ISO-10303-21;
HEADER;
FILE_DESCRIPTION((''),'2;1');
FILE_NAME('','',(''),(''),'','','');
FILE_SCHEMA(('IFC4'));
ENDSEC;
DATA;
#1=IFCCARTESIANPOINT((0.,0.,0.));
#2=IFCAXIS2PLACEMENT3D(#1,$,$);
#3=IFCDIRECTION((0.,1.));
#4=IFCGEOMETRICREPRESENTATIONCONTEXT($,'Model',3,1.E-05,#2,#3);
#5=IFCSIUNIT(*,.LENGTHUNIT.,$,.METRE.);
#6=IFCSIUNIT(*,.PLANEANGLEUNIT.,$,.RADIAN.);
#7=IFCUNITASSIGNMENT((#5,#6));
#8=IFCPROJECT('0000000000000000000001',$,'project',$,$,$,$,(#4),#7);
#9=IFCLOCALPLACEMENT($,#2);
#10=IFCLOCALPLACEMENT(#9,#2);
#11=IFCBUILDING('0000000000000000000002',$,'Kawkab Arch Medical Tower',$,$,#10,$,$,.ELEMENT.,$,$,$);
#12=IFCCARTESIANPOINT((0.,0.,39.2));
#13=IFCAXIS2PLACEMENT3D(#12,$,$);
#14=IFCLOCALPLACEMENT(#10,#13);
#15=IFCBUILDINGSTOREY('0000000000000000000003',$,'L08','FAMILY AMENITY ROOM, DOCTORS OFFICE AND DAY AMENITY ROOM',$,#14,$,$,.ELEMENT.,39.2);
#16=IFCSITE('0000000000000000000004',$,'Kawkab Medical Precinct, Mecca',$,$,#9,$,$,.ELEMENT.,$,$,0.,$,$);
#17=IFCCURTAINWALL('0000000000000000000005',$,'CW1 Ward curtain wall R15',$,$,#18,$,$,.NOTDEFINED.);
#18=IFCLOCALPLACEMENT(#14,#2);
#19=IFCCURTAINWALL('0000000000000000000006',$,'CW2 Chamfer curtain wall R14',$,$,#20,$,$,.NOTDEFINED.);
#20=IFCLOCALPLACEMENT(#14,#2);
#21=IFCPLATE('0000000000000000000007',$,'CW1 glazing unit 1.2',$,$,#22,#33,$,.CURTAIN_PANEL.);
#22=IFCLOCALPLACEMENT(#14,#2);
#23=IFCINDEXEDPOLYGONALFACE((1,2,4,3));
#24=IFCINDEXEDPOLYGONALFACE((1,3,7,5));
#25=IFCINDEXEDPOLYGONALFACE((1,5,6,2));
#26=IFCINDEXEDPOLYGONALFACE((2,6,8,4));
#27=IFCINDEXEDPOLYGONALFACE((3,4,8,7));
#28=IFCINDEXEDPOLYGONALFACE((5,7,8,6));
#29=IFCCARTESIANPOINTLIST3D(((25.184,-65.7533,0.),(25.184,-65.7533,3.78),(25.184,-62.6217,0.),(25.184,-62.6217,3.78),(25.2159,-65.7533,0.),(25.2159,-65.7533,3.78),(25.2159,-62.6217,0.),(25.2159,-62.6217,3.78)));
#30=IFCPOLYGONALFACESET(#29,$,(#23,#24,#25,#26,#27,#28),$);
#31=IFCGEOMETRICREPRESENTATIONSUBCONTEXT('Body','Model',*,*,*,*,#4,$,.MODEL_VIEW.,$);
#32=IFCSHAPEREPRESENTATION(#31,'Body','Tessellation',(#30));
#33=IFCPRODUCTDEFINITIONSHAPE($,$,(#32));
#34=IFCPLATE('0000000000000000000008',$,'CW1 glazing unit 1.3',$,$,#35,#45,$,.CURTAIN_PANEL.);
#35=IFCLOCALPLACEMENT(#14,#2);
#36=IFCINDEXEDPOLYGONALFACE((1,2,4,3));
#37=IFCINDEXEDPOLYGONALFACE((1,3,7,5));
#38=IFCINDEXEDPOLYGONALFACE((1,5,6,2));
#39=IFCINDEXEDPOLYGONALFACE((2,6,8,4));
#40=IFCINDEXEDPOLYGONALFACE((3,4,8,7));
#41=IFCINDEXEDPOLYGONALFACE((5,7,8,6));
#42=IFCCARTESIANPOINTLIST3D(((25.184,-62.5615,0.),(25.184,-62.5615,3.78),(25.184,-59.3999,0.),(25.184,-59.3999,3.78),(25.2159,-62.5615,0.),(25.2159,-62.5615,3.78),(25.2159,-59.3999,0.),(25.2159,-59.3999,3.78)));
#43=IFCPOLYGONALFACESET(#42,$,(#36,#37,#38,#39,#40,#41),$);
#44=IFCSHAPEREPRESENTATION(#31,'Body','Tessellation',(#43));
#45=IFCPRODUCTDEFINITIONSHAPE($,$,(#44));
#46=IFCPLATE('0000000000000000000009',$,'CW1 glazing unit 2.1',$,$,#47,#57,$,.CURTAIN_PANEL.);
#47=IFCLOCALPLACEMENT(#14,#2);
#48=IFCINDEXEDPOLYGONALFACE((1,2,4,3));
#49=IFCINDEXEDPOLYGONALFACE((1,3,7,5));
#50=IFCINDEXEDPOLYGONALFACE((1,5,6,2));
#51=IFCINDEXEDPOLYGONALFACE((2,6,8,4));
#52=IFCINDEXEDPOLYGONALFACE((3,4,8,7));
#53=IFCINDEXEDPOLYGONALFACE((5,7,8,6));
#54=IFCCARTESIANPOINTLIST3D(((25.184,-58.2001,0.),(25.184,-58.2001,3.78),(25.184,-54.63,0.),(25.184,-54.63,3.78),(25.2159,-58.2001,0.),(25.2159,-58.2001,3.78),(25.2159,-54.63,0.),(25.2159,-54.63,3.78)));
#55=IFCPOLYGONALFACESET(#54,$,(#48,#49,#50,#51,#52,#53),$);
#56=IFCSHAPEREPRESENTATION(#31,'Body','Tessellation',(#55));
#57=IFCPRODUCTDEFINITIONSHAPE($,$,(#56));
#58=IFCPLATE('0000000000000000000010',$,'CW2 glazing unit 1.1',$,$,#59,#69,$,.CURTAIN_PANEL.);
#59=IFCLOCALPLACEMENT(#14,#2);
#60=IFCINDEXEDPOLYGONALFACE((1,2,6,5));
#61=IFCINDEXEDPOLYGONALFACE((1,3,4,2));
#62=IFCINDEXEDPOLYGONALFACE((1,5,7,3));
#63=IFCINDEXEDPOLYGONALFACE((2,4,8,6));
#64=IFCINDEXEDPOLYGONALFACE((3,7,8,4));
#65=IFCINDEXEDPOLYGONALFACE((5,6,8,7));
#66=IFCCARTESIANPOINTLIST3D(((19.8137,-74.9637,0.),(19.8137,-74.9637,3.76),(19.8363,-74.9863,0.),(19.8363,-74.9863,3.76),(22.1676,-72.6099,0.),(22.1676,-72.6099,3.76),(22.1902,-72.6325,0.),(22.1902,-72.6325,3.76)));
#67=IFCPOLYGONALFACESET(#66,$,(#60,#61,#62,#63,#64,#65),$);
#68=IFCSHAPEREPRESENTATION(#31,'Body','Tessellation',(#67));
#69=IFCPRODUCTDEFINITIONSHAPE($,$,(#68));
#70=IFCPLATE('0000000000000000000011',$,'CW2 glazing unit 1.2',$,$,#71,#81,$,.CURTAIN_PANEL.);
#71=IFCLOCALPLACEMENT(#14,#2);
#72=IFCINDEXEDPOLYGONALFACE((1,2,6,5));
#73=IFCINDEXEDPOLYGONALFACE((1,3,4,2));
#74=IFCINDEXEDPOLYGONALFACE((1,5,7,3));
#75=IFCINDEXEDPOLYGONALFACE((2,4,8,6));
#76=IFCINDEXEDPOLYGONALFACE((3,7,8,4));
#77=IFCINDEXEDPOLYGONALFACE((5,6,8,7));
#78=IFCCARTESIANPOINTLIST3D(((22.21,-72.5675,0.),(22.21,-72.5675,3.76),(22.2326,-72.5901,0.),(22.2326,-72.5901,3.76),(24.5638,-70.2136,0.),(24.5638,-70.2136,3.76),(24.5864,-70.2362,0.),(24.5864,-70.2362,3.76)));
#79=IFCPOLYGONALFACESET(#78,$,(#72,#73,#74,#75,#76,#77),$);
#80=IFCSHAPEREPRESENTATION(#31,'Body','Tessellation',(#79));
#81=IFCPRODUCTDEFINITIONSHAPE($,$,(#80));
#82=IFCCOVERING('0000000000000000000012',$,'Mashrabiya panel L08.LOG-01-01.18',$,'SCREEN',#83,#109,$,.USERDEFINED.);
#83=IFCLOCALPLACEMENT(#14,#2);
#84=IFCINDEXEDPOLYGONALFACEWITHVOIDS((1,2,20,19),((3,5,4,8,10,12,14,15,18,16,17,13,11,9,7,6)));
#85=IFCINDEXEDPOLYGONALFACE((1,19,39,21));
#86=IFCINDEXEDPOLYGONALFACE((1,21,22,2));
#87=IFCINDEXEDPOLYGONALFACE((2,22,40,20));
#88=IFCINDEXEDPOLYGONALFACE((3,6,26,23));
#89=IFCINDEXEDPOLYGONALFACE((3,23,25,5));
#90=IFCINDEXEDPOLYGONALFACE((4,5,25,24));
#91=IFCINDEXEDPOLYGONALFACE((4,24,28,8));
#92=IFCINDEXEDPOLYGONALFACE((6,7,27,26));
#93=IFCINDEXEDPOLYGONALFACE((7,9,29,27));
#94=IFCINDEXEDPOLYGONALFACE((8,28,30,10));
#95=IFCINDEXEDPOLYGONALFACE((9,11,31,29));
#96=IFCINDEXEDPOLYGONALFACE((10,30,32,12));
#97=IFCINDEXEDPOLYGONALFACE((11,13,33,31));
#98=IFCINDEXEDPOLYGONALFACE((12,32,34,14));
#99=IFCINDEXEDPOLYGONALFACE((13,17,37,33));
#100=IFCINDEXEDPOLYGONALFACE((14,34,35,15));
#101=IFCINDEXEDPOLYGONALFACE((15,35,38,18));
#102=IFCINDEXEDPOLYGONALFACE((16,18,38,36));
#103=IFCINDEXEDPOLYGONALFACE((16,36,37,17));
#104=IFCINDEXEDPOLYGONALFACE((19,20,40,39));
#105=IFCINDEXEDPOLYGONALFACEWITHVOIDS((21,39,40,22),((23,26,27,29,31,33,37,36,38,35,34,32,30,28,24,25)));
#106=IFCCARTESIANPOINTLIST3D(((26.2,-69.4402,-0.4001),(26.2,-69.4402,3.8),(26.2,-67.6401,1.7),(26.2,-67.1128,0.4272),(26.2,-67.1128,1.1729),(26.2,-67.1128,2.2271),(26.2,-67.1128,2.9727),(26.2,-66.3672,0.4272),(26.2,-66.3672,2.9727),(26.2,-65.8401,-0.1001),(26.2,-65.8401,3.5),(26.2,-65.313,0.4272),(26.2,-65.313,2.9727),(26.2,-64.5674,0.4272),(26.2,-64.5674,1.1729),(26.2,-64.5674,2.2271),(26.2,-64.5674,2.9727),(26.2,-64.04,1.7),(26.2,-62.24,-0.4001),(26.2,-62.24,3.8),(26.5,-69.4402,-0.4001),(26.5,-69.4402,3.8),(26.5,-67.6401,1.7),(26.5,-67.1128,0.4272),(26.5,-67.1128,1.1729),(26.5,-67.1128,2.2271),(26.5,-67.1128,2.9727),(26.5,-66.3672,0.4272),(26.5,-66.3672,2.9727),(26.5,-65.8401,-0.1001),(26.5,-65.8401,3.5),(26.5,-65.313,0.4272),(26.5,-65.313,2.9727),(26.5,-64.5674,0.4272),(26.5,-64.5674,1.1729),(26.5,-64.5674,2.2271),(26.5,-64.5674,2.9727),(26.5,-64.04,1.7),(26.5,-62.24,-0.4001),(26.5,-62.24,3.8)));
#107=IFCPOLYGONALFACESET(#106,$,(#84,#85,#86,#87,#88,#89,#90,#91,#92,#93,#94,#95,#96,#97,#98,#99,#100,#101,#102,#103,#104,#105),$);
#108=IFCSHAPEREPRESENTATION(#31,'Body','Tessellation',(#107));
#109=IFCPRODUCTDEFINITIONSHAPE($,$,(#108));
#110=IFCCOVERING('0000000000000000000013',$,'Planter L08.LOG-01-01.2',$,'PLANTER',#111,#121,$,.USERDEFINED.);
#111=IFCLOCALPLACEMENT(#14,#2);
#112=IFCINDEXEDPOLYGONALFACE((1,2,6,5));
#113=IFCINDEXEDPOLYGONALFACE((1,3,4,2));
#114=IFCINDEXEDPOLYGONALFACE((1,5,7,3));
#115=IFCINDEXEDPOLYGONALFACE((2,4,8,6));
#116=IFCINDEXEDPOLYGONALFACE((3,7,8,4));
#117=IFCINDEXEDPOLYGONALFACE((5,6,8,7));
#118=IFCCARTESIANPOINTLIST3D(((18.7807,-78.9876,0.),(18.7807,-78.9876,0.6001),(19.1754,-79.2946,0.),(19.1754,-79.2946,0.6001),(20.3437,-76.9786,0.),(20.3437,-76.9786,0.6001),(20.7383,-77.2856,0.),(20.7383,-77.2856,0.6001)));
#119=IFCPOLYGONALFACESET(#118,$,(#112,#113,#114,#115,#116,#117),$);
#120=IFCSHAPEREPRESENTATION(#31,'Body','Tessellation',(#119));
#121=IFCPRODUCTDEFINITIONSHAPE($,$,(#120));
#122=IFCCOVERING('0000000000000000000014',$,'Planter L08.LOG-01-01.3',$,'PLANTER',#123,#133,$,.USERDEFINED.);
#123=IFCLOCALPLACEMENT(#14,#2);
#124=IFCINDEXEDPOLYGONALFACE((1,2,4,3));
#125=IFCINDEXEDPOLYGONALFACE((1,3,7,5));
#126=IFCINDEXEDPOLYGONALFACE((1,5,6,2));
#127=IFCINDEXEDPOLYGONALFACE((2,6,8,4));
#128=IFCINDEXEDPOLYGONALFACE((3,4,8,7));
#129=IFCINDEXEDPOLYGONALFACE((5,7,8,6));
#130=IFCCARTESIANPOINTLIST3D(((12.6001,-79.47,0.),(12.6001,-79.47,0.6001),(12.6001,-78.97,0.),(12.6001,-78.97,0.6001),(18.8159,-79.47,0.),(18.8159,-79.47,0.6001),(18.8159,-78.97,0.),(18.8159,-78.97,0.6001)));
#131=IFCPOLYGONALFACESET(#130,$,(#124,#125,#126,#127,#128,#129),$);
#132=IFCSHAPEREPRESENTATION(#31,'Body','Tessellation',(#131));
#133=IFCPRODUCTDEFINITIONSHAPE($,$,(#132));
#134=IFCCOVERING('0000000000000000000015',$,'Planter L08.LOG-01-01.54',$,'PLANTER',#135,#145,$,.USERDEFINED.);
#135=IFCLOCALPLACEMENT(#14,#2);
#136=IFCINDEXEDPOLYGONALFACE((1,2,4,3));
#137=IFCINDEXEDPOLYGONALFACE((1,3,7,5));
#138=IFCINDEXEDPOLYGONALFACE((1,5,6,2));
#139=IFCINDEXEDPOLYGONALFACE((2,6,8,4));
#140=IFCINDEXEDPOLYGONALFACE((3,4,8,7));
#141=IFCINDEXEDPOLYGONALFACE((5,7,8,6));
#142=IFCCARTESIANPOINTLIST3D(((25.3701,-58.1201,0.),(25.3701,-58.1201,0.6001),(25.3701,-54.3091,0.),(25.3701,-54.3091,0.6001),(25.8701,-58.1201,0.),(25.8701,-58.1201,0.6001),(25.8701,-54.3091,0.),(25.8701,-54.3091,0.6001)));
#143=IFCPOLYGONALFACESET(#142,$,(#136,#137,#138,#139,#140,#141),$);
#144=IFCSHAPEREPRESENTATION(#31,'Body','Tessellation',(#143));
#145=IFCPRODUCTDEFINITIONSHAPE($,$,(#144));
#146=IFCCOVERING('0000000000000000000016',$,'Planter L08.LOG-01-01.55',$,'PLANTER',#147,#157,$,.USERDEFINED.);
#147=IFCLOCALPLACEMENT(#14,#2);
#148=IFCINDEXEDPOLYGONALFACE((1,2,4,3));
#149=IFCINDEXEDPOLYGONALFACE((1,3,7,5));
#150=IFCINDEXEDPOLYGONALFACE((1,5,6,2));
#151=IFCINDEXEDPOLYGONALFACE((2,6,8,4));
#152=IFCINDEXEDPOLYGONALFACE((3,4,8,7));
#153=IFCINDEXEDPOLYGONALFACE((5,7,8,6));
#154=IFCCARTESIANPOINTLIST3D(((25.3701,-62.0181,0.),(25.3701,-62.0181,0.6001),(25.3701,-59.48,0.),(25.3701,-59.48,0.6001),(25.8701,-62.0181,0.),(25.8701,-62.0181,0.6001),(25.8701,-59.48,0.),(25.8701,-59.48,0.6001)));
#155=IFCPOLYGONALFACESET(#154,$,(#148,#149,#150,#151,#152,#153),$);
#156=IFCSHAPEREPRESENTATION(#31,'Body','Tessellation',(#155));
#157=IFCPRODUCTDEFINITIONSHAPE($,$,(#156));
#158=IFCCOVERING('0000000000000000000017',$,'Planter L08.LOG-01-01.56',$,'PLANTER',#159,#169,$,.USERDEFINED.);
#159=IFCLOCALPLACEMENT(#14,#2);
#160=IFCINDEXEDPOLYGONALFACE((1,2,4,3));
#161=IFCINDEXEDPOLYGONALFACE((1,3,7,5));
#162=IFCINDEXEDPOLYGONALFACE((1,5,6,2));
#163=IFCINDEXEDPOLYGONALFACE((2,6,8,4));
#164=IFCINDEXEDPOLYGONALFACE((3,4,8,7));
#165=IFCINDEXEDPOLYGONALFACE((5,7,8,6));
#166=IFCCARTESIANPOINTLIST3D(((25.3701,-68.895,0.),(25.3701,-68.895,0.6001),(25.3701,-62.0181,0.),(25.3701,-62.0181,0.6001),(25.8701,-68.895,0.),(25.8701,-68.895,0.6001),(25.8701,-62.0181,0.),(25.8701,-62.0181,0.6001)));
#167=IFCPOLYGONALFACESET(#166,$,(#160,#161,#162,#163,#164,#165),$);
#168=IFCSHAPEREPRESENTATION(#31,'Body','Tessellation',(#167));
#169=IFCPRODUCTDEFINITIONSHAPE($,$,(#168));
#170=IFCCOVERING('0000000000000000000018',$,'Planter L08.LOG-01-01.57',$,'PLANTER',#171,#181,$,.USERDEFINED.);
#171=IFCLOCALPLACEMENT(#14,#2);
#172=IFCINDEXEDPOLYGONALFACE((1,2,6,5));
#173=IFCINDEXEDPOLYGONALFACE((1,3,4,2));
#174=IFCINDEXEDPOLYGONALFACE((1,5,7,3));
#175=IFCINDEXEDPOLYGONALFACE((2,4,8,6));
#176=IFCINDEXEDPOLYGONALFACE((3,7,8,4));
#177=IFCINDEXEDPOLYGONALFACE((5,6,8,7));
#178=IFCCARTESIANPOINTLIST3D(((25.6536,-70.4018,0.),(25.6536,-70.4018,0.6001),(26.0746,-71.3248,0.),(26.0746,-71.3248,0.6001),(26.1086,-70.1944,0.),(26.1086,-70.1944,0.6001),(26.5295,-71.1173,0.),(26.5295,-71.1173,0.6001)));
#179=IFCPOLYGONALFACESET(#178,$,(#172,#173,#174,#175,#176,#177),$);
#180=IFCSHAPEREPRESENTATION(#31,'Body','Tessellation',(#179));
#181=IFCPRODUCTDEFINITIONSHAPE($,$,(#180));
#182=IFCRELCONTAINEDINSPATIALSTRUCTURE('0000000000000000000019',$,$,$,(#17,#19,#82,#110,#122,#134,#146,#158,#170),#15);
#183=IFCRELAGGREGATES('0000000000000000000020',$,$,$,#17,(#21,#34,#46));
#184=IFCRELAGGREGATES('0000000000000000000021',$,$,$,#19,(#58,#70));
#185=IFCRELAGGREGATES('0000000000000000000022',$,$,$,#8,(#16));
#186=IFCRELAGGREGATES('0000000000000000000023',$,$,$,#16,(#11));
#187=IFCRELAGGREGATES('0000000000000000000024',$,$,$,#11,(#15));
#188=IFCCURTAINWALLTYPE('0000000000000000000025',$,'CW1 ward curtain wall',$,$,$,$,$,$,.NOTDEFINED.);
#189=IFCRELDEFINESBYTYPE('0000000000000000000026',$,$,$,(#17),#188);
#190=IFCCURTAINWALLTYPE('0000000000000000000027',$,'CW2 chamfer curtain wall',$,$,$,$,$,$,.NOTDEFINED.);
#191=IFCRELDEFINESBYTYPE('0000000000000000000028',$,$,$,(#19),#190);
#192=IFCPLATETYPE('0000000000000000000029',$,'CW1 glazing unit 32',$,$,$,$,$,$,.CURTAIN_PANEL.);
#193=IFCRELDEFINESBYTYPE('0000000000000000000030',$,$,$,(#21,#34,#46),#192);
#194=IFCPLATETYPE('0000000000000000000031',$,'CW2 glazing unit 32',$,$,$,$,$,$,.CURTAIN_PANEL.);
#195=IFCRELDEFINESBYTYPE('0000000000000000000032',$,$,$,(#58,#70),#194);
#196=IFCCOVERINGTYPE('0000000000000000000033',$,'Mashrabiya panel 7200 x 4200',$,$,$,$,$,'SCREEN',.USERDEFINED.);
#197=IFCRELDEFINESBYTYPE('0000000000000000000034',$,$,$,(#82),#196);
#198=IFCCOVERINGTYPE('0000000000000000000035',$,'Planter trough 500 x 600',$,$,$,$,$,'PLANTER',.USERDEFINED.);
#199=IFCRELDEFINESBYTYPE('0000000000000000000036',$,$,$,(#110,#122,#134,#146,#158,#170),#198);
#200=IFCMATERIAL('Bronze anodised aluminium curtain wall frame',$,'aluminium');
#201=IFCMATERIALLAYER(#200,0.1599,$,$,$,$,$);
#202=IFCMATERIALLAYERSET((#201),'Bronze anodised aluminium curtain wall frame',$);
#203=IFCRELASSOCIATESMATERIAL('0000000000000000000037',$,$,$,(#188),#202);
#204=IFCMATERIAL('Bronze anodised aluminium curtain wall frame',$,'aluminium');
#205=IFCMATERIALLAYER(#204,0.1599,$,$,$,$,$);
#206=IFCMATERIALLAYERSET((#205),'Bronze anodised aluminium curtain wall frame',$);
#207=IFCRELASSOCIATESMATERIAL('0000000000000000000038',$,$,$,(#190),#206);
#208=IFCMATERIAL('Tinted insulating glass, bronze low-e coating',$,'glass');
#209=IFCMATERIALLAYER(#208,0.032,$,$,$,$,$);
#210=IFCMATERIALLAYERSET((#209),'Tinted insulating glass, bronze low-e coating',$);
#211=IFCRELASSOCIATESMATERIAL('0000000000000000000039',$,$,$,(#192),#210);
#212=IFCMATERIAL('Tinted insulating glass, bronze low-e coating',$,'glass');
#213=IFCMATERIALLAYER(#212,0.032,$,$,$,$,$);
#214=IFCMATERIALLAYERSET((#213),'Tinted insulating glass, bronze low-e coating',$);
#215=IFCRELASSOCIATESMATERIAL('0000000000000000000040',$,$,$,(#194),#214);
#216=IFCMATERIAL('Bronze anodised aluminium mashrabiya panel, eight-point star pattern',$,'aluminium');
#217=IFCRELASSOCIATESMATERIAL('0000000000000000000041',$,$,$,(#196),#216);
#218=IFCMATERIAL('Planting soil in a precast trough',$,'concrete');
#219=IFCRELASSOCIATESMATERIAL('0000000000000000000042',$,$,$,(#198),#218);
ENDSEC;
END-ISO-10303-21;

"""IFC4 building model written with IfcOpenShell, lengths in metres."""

from ifc_helpers import new_model, si_unit, direction, frame, origin, origin_2d, place, context, subcontext, project, spatial, polyline, rectangle, outline, extrude, material, layer, layer_set, material_profile, profile_set, type_object, element, aggregate, save


model = new_model("IFC4")

# Units and contexts
model_context = context("Model", 3, precision=1e-05, world=origin(), true_north=direction((0.0, 1.0)))
body_context = subcontext(model_context, "Body", "Model", "MODEL_VIEW")
ifc_project = project(units=[si_unit("LENGTHUNIT", "METRE"), si_unit("PLANEANGLEUNIT", "RADIAN")], contexts=[model_context])

# Site, building, storey
site_placement = place(None, origin())
site = spatial("IfcSite", under=ifc_project, at=site_placement, Name="Kawkab Medical Precinct, Mecca", CompositionType="ELEMENT", RefElevation=0.0)
building_placement = place(site_placement, origin())
building = spatial("IfcBuilding", under=site, at=building_placement, Name="Kawkab Arch Medical Tower", CompositionType="ELEMENT")
storey_placement = place(building_placement, frame((0.0, 0.0, 39.2)))
storey = spatial("IfcBuildingStorey", under=building, at=storey_placement, Name="L08", Description="FAMILY AMENITY ROOM, DOCTORS OFFICE AND DAY AMENITY ROOM", CompositionType="ELEMENT", Elevation=39.2)

# Curtain walls
ifc_material_1 = material(Name="Bronze anodised aluminium curtain wall frame", Category="aluminium")
ifc_layer_1 = layer(ifc_material_1, 0.1599)
ifc_layer_set_1 = layer_set([ifc_layer_1], Name="Bronze anodised aluminium curtain wall frame")
curtain_wall_type_1 = type_object("IfcCurtainWallType", Name="CW1 ward curtain wall", PredefinedType="NOTDEFINED", material=ifc_layer_set_1)
placement = place(storey_placement, origin())
curtain_wall_1 = element("IfcCurtainWall", 1, at=placement, inside=storey, type_object=curtain_wall_type_1, Name="CW1 Ward curtain wall R15", PredefinedType="NOTDEFINED")
ifc_material_2 = material(Name="Bronze anodised aluminium curtain wall frame", Category="aluminium")
ifc_layer_2 = layer(ifc_material_2, 0.1599)
ifc_layer_set_2 = layer_set([ifc_layer_2], Name="Bronze anodised aluminium curtain wall frame")
curtain_wall_type_2 = type_object("IfcCurtainWallType", Name="CW2 chamfer curtain wall", PredefinedType="NOTDEFINED", material=ifc_layer_set_2)
curtain_wall_2 = element("IfcCurtainWall", 2, at=placement, inside=storey, type_object=curtain_wall_type_2, Name="CW2 Chamfer curtain wall R14", PredefinedType="NOTDEFINED")

# Plates
ifc_material_3 = material(Name="Tinted insulating glass, bronze low-e coating", Category="glass")
ifc_layer_3 = layer(ifc_material_3, 0.032)
ifc_layer_set_3 = layer_set([ifc_layer_3], Name="Tinted insulating glass, bronze low-e coating")
plate_type_1 = type_object("IfcPlateType", Name="CW1 glazing unit 32", PredefinedType="CURTAIN_PANEL", material=ifc_layer_set_3)
plate_1_placement = place(storey_placement, frame((25.2, -64.1875, 0.0), z_axis=(0.0, 0.0, 1.0), x_axis=(0.0, 1.0, 0.0)))
plate_1 = element("IfcPlate", 3, at=plate_1_placement, type_object=plate_type_1, Name="CW1 glazing unit 1.2", PredefinedType="CURTAIN_PANEL", context=body_context, shape_type="SweptSolid", body=[
    extrude(rectangle(XDim=3.1316, YDim=0.032, at=origin_2d()), origin(), (0.0, 0.0, 1.0), 3.78),
])
plate_2_placement = place(storey_placement, frame((25.2, -60.9807, 0.0), z_axis=(0.0, 0.0, 1.0), x_axis=(0.0, 1.0, 0.0)))
plate_2 = element("IfcPlate", 4, at=plate_2_placement, type_object=plate_type_1, Name="CW1 glazing unit 1.3", PredefinedType="CURTAIN_PANEL", context=body_context, shape_type="SweptSolid", body=[
    extrude(rectangle(XDim=3.1616, YDim=0.032, at=origin_2d()), origin(), (0.0, 0.0, 1.0), 3.78),
])
plate_3_placement = place(storey_placement, frame((25.2, -56.415, 0.0), z_axis=(0.0, 0.0, 1.0), x_axis=(0.0, 1.0, 0.0)))
plate_3 = element("IfcPlate", 5, at=plate_3_placement, type_object=plate_type_1, Name="CW1 glazing unit 2.1", PredefinedType="CURTAIN_PANEL", context=body_context, shape_type="SweptSolid", body=[
    extrude(rectangle(XDim=3.5701, YDim=0.032, at=origin_2d()), origin(), (0.0, 0.0, 1.0), 3.78),
])
aggregate(curtain_wall_1, [plate_1, plate_2, plate_3])
ifc_material_4 = material(Name="Tinted insulating glass, bronze low-e coating", Category="glass")
ifc_layer_4 = layer(ifc_material_4, 0.032)
ifc_layer_set_4 = layer_set([ifc_layer_4], Name="Tinted insulating glass, bronze low-e coating")
plate_type_2 = type_object("IfcPlateType", Name="CW2 glazing unit 32", PredefinedType="CURTAIN_PANEL", material=ifc_layer_set_4)
plate_4_placement = place(storey_placement, frame((21.002, -73.7981, 0.0), z_axis=(0.0, 0.0, 1.0), x_axis=(0.707107, 0.707107, 0.0)))
plate_4 = element("IfcPlate", 6, at=plate_4_placement, type_object=plate_type_2, Name="CW2 glazing unit 1.1", PredefinedType="CURTAIN_PANEL", context=body_context, shape_type="SweptSolid", body=[
    extrude(rectangle(XDim=3.3289, YDim=0.032, at=origin_2d()), origin(), (0.0, 0.0, 1.0), 3.76),
])
plate_5_placement = place(storey_placement, frame((23.3982, -71.4019, 0.0), z_axis=(0.0, 0.0, 1.0), x_axis=(0.707107, 0.707107, 0.0)))
plate_5 = element("IfcPlate", 7, at=plate_5_placement, type_object=plate_type_2, Name="CW2 glazing unit 1.2", PredefinedType="CURTAIN_PANEL", context=body_context, shape_type="SweptSolid", body=[
    extrude(rectangle(XDim=3.3289, YDim=0.032, at=origin_2d()), origin(), (0.0, 0.0, 1.0), 3.76),
])
aggregate(curtain_wall_2, [plate_4, plate_5])

# Coverings
ifc_material_5 = material(Name="Bronze anodised aluminium mashrabiya panel, eight-point star pattern", Category="aluminium")
ifc_material_profile_1 = material_profile(ifc_material_5, outline(polyline([(-3.6001, -2.1001), (3.6001, -2.1001), (3.6001, 2.1001), (-3.6001, 2.1001), (-3.6001, -2.1001)]), holes=[polyline([(1.8, 0.0), (1.2727, 0.5271), (1.2727, 1.2727), (0.5271, 1.2727), (0.0, 1.8), (-0.5271, 1.2727), (-1.2727, 1.2727), (-1.2727, 0.5271), (-1.8, 0.0), (-1.2727, -0.5271), (-1.2727, -1.2727), (-0.5271, -1.2727), (0.0, -1.8), (0.5271, -1.2727), (1.2727, -1.2727), (1.2727, -0.5271), (1.8, 0.0)])]), Name="Mashrabiya panel 7200x4200")
ifc_profile_set_1 = profile_set([ifc_material_profile_1], Name="Bronze anodised aluminium mashrabiya panel, eight-point star pattern")
covering_type_1 = type_object("IfcCoveringType", Name="Mashrabiya panel 7200 x 4200", ElementType="SCREEN", PredefinedType="USERDEFINED", material=ifc_profile_set_1)
covering_1_placement = place(storey_placement, frame((26.2, -65.8401, 1.7), z_axis=(1.0, 0.0, 0.0), x_axis=(0.0, 1.0, 0.0)))
element("IfcCovering", 8, at=covering_1_placement, inside=storey, type_object=covering_type_1, Name="Mashrabiya panel L08.LOG-01-01.18", ObjectType="SCREEN", PredefinedType="USERDEFINED", context=body_context, shape_type="SweptSolid", body=[
    extrude(outline(polyline([(-3.6001, -2.1001), (3.6001, -2.1001), (3.6001, 2.1001), (-3.6001, 2.1001), (-3.6001, -2.1001)]), holes=[polyline([(1.8, 0.0), (1.2727, 0.5271), (1.2727, 1.2727), (0.5271, 1.2727), (0.0, 1.8), (-0.5271, 1.2727), (-1.2727, 1.2727), (-1.2727, 0.5271), (-1.8, 0.0), (-1.2727, -0.5271), (-1.2727, -1.2727), (-0.5271, -1.2727), (0.0, -1.8), (0.5271, -1.2727), (1.2727, -1.2727), (1.2727, -0.5271), (1.8, 0.0)])]), origin(), (0.0, 0.0, 1.0), 0.3),
])
ifc_material_6 = material(Name="Planting soil in a precast trough", Category="concrete")
ifc_material_profile_2 = material_profile(ifc_material_6, rectangle(XDim=0.5, YDim=0.6001, at=origin_2d()), Name="Trough 500x600")
ifc_profile_set_2 = profile_set([ifc_material_profile_2], Name="Planting soil in a precast trough")
covering_type_2 = type_object("IfcCoveringType", Name="Planter trough 500 x 600", ElementType="PLANTER", PredefinedType="USERDEFINED", material=ifc_profile_set_2)
covering_2_placement = place(storey_placement, frame((20.541, -77.1321, 0.3), z_axis=(-0.61404, -0.789275, 0.0), x_axis=(0.789275, -0.61404, 0.0)))
element("IfcCovering", 9, at=covering_2_placement, inside=storey, type_object=covering_type_2, Name="Planter L08.LOG-01-01.2", ObjectType="PLANTER", PredefinedType="USERDEFINED", context=body_context, shape_type="SweptSolid", body=[
    extrude(rectangle(XDim=0.5, YDim=0.6001, at=origin_2d()), origin(), (0.0, 0.0, 1.0), 2.5454),
])
covering_3_placement = place(storey_placement, frame((18.8159, -79.22, 0.3), z_axis=(-1.0, 0.0, 0.0), x_axis=(0.0, -1.0, 0.0)))
element("IfcCovering", 10, at=covering_3_placement, inside=storey, type_object=covering_type_2, Name="Planter L08.LOG-01-01.3", ObjectType="PLANTER", PredefinedType="USERDEFINED", context=body_context, shape_type="SweptSolid", body=[
    extrude(rectangle(XDim=0.5, YDim=0.6001, at=origin_2d()), origin(), (0.0, 0.0, 1.0), 6.2158),
])
covering_4_placement = place(storey_placement, frame((25.6201, -54.3091, 0.3), z_axis=(0.0, -1.0, 0.0), x_axis=(1.0, 0.0, 0.0)))
element("IfcCovering", 11, at=covering_4_placement, inside=storey, type_object=covering_type_2, Name="Planter L08.LOG-01-01.54", ObjectType="PLANTER", PredefinedType="USERDEFINED", context=body_context, shape_type="SweptSolid", body=[
    extrude(rectangle(XDim=0.5, YDim=0.6001, at=origin_2d()), origin(), (0.0, 0.0, 1.0), 3.811),
])
covering_5_placement = place(storey_placement, frame((25.6201, -59.48, 0.3), z_axis=(0.0, -1.0, 0.0), x_axis=(1.0, 0.0, 0.0)))
element("IfcCovering", 12, at=covering_5_placement, inside=storey, type_object=covering_type_2, Name="Planter L08.LOG-01-01.55", ObjectType="PLANTER", PredefinedType="USERDEFINED", context=body_context, shape_type="SweptSolid", body=[
    extrude(rectangle(XDim=0.5, YDim=0.6001, at=origin_2d()), origin(), (0.0, 0.0, 1.0), 2.5381),
])
covering_6_placement = place(storey_placement, frame((25.6201, -62.0181, 0.3), z_axis=(0.0, -1.0, 0.0), x_axis=(1.0, 0.0, 0.0)))
element("IfcCovering", 13, at=covering_6_placement, inside=storey, type_object=covering_type_2, Name="Planter L08.LOG-01-01.56", ObjectType="PLANTER", PredefinedType="USERDEFINED", context=body_context, shape_type="SweptSolid", body=[
    extrude(rectangle(XDim=0.5, YDim=0.6001, at=origin_2d()), origin(), (0.0, 0.0, 1.0), 6.877),
])
covering_7_placement = place(storey_placement, frame((25.8811, -70.2981, 0.3), z_axis=(0.414963, -0.909838, 0.0), x_axis=(0.909838, 0.414963, 0.0)))
element("IfcCovering", 14, at=covering_7_placement, inside=storey, type_object=covering_type_2, Name="Planter L08.LOG-01-01.57", ObjectType="PLANTER", PredefinedType="USERDEFINED", context=body_context, shape_type="SweptSolid", body=[
    extrude(rectangle(XDim=0.5, YDim=0.6001, at=origin_2d()), origin(), (0.0, 0.0, 1.0), 1.0144),
])

save(model, "model.ifc")
